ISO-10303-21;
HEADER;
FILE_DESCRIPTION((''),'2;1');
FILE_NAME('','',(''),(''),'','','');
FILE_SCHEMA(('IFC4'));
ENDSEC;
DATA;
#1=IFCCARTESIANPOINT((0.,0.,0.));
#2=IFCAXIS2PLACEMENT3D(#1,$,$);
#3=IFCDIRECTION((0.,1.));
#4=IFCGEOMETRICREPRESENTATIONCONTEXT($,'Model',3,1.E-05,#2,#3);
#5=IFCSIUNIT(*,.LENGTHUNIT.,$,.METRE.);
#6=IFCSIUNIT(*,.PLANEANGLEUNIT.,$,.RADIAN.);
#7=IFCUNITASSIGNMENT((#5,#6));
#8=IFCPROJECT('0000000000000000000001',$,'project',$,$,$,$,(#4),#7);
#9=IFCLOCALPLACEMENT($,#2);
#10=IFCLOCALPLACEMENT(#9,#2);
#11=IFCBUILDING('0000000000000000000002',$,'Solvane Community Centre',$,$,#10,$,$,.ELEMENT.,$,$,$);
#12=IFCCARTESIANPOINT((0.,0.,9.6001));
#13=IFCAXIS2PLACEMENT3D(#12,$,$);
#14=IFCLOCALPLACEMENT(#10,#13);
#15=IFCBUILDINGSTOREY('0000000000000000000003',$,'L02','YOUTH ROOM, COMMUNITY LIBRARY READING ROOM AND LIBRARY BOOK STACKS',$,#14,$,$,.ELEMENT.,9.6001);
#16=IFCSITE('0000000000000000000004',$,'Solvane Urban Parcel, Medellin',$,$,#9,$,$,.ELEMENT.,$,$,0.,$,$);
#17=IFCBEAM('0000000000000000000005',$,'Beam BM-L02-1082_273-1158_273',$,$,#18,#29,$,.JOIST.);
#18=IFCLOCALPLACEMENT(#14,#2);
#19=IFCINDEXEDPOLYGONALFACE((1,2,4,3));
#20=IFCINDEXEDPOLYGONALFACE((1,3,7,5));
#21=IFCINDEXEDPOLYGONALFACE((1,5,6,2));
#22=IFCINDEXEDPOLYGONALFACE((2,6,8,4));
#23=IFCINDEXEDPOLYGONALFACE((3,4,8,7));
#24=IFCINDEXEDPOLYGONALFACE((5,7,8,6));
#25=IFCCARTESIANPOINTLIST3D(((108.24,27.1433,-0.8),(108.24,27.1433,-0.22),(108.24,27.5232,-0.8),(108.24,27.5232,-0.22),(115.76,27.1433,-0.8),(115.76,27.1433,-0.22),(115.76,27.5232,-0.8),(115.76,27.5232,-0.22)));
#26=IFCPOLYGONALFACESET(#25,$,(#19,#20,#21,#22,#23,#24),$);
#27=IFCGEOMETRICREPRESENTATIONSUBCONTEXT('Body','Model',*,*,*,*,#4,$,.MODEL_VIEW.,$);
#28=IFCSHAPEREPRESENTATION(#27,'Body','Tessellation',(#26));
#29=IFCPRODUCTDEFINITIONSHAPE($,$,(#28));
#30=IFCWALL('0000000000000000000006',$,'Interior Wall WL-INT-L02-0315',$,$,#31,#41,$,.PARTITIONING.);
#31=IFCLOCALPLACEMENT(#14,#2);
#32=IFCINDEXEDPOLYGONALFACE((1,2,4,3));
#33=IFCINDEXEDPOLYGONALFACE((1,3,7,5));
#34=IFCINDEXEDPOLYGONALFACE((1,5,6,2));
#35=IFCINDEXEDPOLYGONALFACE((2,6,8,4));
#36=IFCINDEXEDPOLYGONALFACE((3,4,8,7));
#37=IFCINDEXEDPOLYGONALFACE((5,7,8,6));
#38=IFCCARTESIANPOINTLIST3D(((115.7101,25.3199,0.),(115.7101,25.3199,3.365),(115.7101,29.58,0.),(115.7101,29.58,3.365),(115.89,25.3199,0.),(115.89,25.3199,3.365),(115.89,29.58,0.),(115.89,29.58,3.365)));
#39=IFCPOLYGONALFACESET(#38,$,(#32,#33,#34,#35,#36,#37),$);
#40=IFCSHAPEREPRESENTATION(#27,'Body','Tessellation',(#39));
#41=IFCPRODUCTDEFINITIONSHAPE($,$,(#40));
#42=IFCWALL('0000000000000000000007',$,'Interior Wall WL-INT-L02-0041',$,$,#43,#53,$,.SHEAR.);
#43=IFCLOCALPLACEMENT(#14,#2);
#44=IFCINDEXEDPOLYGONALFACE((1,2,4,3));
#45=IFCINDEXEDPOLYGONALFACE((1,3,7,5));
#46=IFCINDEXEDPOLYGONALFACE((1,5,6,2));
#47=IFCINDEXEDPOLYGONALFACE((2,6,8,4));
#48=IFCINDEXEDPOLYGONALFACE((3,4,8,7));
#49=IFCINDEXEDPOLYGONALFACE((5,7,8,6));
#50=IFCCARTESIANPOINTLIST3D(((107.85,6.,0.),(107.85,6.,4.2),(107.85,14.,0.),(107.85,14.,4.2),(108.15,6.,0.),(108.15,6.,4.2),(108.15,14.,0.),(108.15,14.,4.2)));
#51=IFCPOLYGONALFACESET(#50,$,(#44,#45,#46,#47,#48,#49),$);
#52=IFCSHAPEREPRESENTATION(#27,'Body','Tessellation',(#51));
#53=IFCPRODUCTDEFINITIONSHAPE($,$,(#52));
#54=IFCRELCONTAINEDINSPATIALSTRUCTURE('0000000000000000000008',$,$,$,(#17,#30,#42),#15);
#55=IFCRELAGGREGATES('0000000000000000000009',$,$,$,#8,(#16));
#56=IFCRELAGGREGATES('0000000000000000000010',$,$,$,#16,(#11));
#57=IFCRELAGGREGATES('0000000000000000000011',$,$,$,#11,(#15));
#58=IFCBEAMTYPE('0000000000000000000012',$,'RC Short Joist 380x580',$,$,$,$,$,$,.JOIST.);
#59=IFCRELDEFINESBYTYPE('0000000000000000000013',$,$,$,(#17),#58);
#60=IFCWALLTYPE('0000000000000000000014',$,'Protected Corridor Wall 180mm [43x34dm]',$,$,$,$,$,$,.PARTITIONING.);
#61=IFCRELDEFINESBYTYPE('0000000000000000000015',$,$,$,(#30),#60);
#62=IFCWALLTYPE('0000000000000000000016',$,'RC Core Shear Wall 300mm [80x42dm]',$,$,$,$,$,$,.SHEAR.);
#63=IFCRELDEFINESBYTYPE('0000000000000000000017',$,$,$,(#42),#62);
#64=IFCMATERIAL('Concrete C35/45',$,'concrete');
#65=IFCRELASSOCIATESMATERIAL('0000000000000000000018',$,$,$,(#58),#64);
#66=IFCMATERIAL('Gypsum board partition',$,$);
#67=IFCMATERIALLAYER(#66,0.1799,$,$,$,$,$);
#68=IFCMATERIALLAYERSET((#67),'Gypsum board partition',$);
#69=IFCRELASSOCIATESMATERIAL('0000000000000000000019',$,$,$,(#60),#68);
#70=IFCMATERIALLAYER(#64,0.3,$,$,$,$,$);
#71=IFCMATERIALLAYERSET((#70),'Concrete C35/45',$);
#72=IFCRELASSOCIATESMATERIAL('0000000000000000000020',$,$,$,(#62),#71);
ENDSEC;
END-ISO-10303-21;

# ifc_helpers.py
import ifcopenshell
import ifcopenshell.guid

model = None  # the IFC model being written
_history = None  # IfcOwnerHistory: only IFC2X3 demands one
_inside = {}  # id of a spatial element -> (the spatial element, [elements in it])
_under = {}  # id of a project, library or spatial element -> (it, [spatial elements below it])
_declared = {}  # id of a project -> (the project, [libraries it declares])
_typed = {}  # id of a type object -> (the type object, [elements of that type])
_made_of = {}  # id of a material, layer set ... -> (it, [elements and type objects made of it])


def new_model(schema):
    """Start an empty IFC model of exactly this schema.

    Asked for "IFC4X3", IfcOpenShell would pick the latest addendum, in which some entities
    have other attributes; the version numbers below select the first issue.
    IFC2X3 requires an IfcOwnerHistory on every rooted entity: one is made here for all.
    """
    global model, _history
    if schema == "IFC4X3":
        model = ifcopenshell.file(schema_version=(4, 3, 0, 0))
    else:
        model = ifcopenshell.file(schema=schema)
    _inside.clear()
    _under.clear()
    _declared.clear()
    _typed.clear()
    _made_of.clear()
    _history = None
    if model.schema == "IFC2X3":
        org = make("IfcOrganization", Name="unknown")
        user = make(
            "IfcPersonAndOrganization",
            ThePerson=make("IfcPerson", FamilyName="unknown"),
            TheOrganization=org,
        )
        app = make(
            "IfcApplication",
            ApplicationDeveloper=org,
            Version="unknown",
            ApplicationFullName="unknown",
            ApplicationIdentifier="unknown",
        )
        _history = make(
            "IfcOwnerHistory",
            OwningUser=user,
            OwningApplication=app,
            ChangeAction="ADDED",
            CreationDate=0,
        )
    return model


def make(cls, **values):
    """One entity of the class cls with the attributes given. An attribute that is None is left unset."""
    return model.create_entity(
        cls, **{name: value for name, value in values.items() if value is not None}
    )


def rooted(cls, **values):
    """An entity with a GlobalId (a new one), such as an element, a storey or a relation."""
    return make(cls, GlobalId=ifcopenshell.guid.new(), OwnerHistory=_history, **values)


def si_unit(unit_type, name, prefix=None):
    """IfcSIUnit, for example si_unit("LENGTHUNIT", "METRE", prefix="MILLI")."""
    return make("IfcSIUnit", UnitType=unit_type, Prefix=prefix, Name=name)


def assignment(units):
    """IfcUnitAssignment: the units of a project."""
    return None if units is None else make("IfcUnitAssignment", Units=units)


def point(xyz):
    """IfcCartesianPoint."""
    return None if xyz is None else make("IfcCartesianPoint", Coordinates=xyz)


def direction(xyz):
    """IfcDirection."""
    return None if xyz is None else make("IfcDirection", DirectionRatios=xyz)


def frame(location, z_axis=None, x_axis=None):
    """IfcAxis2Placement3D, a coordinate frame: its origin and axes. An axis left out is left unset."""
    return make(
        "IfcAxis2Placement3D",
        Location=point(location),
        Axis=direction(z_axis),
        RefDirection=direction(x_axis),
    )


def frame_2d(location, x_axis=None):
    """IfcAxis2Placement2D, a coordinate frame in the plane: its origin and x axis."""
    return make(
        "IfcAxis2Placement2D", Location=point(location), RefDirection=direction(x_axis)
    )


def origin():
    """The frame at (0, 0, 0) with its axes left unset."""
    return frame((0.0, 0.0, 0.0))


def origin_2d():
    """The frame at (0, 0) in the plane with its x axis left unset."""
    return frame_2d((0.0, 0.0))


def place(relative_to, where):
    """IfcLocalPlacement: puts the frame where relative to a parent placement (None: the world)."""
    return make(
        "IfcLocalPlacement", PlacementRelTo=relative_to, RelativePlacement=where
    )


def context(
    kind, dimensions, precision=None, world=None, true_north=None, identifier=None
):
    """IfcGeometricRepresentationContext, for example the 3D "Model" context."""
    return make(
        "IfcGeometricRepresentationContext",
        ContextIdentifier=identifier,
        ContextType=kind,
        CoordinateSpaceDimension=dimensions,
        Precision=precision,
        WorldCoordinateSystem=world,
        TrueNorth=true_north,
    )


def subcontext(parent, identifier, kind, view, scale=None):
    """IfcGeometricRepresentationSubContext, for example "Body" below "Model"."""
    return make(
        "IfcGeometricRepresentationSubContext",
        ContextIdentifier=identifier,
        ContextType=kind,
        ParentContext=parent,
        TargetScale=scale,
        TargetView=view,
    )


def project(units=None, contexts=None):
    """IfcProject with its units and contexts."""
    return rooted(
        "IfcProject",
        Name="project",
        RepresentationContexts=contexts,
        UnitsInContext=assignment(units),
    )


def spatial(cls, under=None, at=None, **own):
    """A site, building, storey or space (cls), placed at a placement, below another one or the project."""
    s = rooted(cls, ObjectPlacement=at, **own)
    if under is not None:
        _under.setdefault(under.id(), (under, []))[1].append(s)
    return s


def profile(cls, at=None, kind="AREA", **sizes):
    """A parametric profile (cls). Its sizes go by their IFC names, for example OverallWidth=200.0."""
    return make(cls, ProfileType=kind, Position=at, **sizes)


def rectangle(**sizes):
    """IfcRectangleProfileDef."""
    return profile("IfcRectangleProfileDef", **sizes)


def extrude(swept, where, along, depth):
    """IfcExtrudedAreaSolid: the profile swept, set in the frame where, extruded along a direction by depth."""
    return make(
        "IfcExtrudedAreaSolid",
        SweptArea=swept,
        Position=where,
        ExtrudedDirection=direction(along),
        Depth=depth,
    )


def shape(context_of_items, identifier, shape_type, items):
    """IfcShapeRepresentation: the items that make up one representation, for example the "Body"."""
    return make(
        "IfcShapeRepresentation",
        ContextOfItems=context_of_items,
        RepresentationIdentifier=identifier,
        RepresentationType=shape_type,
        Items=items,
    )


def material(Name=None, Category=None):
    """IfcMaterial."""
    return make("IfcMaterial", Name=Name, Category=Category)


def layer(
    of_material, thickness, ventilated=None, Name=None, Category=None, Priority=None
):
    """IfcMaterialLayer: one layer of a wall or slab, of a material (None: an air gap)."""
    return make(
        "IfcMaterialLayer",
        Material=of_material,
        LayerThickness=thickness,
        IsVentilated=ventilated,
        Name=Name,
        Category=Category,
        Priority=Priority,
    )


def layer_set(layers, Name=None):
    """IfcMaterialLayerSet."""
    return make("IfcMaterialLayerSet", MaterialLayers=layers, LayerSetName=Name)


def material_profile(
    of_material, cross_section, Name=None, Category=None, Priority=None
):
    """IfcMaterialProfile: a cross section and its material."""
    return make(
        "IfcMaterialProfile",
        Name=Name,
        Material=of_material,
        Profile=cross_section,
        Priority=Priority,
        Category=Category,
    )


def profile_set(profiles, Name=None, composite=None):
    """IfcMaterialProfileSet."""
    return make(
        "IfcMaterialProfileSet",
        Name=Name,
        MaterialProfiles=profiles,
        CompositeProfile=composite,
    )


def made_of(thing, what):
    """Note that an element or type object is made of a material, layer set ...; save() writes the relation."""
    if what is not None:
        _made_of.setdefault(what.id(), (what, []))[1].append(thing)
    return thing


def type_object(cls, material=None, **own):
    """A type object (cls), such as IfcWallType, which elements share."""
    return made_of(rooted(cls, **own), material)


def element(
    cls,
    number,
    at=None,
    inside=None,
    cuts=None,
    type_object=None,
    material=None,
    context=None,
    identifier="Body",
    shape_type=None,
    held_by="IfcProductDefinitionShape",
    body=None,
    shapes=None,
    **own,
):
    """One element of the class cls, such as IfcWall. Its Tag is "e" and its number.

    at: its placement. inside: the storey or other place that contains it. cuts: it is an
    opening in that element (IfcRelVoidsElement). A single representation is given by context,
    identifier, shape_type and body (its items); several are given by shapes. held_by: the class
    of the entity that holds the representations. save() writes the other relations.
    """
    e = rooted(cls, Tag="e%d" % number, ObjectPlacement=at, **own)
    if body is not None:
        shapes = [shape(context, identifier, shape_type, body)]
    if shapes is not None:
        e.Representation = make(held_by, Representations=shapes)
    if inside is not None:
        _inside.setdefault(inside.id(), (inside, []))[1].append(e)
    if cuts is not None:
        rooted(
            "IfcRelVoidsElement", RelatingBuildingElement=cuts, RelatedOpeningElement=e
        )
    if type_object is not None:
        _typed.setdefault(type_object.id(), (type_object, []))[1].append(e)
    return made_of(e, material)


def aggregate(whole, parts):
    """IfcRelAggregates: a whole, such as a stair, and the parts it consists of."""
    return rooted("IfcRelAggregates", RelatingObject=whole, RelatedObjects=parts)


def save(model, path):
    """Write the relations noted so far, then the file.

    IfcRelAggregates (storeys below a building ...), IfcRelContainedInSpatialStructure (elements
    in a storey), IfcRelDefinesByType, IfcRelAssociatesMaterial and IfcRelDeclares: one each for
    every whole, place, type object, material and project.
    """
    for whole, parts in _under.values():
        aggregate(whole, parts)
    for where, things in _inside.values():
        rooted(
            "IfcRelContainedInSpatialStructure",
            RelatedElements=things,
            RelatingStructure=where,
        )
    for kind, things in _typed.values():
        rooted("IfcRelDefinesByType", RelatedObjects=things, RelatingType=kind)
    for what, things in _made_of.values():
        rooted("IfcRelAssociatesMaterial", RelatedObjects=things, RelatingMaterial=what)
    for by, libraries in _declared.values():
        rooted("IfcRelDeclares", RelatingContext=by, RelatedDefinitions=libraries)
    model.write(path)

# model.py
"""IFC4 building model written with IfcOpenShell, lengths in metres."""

from ifc_helpers import new_model, si_unit, direction, frame, frame_2d, origin, origin_2d, place, context, subcontext, project, spatial, rectangle, extrude, material, layer, layer_set, material_profile, profile_set, type_object, element, save


model = new_model("IFC4")

# Units and contexts
model_context = context("Model", 3, precision=1e-05, world=origin(), true_north=direction((0.0, 1.0)))
body_context = subcontext(model_context, "Body", "Model", "MODEL_VIEW")
ifc_project = project(units=[si_unit("LENGTHUNIT", "METRE"), si_unit("PLANEANGLEUNIT", "RADIAN")], contexts=[model_context])

# Site, building, storey
site_placement = place(None, origin())
site = spatial("IfcSite", under=ifc_project, at=site_placement, Name="Solvane Urban Parcel, Medellin", CompositionType="ELEMENT", RefElevation=0.0)
building_placement = place(site_placement, origin())
building = spatial("IfcBuilding", under=site, at=building_placement, Name="Solvane Community Centre", CompositionType="ELEMENT")
storey_placement = place(building_placement, frame((0.0, 0.0, 9.6001)))
storey = spatial("IfcBuildingStorey", under=building, at=storey_placement, Name="L02", Description="YOUTH ROOM, COMMUNITY LIBRARY READING ROOM AND LIBRARY BOOK STACKS", CompositionType="ELEMENT", Elevation=9.6001)

# Beam
ifc_material_1 = material(Name="Concrete C35/45", Category="concrete")
ifc_material_profile_1 = material_profile(ifc_material_1, rectangle(XDim=0.3799, YDim=0.5801, at=origin_2d()), Name="RC 380x580")
ifc_profile_set_1 = profile_set([ifc_material_profile_1], Name="Concrete C35/45")
beam_type_1 = type_object("IfcBeamType", Name="RC Short Joist 380x580", PredefinedType="JOIST", material=ifc_profile_set_1)
for number, where, z_axis, x_axis, name in (
    (1, (108.24, 27.3333, -0.51), (1.0, 0.0, 0.0), (0.0, 1.0, 0.0), "Beam BM-L02-1082_273-1158_273"),
):
    element("IfcBeam", number, at=place(storey_placement, frame(where, z_axis=z_axis, x_axis=x_axis)), inside=storey, type_object=beam_type_1, Name=name, PredefinedType="JOIST", context=body_context, shape_type="SweptSolid", body=[
        extrude(rectangle(XDim=0.3799, YDim=0.5801, at=origin_2d()), origin(), (0.0, 0.0, 1.0), 7.52),
    ])

# Walls
ifc_material_2 = material(Name="Gypsum board partition")
ifc_layer_1 = layer(ifc_material_2, 0.1799)
ifc_layer_set_1 = layer_set([ifc_layer_1], Name="Gypsum board partition")
wall_type_1 = type_object("IfcWallType", Name="Protected Corridor Wall 180mm [43x34dm]", PredefinedType="PARTITIONING", material=ifc_layer_set_1)
wall_1_placement = place(storey_placement, frame((115.8, 25.3201, 0.0), z_axis=(0.0, 0.0, 1.0), x_axis=(0.0, 1.0, 0.0)))
element("IfcWall", 2, at=wall_1_placement, inside=storey, type_object=wall_type_1, Name="Interior Wall WL-INT-L02-0315", PredefinedType="PARTITIONING", context=body_context, shape_type="SweptSolid", body=[
    extrude(rectangle(XDim=4.26, YDim=0.1799, at=frame_2d((2.1299, 0.0))), origin(), (0.0, 0.0, 1.0), 3.365),
])
ifc_layer_2 = layer(ifc_material_1, 0.3)
ifc_layer_set_2 = layer_set([ifc_layer_2], Name="Concrete C35/45")
wall_type_2 = type_object("IfcWallType", Name="RC Core Shear Wall 300mm [80x42dm]", PredefinedType="SHEAR", material=ifc_layer_set_2)
wall_2_placement = place(storey_placement, frame((108.0, 14.0, 0.0), z_axis=(0.0, 0.0, 1.0), x_axis=(0.0, -1.0, 0.0)))
element("IfcWall", 3, at=wall_2_placement, inside=storey, type_object=wall_type_2, Name="Interior Wall WL-INT-L02-0041", PredefinedType="SHEAR", context=body_context, shape_type="SweptSolid", body=[
    extrude(rectangle(XDim=8.0, YDim=0.3, at=frame_2d((4.0, 0.0))), origin(), (0.0, 0.0, 1.0), 4.2),
])

save(model, "model.ifc")
